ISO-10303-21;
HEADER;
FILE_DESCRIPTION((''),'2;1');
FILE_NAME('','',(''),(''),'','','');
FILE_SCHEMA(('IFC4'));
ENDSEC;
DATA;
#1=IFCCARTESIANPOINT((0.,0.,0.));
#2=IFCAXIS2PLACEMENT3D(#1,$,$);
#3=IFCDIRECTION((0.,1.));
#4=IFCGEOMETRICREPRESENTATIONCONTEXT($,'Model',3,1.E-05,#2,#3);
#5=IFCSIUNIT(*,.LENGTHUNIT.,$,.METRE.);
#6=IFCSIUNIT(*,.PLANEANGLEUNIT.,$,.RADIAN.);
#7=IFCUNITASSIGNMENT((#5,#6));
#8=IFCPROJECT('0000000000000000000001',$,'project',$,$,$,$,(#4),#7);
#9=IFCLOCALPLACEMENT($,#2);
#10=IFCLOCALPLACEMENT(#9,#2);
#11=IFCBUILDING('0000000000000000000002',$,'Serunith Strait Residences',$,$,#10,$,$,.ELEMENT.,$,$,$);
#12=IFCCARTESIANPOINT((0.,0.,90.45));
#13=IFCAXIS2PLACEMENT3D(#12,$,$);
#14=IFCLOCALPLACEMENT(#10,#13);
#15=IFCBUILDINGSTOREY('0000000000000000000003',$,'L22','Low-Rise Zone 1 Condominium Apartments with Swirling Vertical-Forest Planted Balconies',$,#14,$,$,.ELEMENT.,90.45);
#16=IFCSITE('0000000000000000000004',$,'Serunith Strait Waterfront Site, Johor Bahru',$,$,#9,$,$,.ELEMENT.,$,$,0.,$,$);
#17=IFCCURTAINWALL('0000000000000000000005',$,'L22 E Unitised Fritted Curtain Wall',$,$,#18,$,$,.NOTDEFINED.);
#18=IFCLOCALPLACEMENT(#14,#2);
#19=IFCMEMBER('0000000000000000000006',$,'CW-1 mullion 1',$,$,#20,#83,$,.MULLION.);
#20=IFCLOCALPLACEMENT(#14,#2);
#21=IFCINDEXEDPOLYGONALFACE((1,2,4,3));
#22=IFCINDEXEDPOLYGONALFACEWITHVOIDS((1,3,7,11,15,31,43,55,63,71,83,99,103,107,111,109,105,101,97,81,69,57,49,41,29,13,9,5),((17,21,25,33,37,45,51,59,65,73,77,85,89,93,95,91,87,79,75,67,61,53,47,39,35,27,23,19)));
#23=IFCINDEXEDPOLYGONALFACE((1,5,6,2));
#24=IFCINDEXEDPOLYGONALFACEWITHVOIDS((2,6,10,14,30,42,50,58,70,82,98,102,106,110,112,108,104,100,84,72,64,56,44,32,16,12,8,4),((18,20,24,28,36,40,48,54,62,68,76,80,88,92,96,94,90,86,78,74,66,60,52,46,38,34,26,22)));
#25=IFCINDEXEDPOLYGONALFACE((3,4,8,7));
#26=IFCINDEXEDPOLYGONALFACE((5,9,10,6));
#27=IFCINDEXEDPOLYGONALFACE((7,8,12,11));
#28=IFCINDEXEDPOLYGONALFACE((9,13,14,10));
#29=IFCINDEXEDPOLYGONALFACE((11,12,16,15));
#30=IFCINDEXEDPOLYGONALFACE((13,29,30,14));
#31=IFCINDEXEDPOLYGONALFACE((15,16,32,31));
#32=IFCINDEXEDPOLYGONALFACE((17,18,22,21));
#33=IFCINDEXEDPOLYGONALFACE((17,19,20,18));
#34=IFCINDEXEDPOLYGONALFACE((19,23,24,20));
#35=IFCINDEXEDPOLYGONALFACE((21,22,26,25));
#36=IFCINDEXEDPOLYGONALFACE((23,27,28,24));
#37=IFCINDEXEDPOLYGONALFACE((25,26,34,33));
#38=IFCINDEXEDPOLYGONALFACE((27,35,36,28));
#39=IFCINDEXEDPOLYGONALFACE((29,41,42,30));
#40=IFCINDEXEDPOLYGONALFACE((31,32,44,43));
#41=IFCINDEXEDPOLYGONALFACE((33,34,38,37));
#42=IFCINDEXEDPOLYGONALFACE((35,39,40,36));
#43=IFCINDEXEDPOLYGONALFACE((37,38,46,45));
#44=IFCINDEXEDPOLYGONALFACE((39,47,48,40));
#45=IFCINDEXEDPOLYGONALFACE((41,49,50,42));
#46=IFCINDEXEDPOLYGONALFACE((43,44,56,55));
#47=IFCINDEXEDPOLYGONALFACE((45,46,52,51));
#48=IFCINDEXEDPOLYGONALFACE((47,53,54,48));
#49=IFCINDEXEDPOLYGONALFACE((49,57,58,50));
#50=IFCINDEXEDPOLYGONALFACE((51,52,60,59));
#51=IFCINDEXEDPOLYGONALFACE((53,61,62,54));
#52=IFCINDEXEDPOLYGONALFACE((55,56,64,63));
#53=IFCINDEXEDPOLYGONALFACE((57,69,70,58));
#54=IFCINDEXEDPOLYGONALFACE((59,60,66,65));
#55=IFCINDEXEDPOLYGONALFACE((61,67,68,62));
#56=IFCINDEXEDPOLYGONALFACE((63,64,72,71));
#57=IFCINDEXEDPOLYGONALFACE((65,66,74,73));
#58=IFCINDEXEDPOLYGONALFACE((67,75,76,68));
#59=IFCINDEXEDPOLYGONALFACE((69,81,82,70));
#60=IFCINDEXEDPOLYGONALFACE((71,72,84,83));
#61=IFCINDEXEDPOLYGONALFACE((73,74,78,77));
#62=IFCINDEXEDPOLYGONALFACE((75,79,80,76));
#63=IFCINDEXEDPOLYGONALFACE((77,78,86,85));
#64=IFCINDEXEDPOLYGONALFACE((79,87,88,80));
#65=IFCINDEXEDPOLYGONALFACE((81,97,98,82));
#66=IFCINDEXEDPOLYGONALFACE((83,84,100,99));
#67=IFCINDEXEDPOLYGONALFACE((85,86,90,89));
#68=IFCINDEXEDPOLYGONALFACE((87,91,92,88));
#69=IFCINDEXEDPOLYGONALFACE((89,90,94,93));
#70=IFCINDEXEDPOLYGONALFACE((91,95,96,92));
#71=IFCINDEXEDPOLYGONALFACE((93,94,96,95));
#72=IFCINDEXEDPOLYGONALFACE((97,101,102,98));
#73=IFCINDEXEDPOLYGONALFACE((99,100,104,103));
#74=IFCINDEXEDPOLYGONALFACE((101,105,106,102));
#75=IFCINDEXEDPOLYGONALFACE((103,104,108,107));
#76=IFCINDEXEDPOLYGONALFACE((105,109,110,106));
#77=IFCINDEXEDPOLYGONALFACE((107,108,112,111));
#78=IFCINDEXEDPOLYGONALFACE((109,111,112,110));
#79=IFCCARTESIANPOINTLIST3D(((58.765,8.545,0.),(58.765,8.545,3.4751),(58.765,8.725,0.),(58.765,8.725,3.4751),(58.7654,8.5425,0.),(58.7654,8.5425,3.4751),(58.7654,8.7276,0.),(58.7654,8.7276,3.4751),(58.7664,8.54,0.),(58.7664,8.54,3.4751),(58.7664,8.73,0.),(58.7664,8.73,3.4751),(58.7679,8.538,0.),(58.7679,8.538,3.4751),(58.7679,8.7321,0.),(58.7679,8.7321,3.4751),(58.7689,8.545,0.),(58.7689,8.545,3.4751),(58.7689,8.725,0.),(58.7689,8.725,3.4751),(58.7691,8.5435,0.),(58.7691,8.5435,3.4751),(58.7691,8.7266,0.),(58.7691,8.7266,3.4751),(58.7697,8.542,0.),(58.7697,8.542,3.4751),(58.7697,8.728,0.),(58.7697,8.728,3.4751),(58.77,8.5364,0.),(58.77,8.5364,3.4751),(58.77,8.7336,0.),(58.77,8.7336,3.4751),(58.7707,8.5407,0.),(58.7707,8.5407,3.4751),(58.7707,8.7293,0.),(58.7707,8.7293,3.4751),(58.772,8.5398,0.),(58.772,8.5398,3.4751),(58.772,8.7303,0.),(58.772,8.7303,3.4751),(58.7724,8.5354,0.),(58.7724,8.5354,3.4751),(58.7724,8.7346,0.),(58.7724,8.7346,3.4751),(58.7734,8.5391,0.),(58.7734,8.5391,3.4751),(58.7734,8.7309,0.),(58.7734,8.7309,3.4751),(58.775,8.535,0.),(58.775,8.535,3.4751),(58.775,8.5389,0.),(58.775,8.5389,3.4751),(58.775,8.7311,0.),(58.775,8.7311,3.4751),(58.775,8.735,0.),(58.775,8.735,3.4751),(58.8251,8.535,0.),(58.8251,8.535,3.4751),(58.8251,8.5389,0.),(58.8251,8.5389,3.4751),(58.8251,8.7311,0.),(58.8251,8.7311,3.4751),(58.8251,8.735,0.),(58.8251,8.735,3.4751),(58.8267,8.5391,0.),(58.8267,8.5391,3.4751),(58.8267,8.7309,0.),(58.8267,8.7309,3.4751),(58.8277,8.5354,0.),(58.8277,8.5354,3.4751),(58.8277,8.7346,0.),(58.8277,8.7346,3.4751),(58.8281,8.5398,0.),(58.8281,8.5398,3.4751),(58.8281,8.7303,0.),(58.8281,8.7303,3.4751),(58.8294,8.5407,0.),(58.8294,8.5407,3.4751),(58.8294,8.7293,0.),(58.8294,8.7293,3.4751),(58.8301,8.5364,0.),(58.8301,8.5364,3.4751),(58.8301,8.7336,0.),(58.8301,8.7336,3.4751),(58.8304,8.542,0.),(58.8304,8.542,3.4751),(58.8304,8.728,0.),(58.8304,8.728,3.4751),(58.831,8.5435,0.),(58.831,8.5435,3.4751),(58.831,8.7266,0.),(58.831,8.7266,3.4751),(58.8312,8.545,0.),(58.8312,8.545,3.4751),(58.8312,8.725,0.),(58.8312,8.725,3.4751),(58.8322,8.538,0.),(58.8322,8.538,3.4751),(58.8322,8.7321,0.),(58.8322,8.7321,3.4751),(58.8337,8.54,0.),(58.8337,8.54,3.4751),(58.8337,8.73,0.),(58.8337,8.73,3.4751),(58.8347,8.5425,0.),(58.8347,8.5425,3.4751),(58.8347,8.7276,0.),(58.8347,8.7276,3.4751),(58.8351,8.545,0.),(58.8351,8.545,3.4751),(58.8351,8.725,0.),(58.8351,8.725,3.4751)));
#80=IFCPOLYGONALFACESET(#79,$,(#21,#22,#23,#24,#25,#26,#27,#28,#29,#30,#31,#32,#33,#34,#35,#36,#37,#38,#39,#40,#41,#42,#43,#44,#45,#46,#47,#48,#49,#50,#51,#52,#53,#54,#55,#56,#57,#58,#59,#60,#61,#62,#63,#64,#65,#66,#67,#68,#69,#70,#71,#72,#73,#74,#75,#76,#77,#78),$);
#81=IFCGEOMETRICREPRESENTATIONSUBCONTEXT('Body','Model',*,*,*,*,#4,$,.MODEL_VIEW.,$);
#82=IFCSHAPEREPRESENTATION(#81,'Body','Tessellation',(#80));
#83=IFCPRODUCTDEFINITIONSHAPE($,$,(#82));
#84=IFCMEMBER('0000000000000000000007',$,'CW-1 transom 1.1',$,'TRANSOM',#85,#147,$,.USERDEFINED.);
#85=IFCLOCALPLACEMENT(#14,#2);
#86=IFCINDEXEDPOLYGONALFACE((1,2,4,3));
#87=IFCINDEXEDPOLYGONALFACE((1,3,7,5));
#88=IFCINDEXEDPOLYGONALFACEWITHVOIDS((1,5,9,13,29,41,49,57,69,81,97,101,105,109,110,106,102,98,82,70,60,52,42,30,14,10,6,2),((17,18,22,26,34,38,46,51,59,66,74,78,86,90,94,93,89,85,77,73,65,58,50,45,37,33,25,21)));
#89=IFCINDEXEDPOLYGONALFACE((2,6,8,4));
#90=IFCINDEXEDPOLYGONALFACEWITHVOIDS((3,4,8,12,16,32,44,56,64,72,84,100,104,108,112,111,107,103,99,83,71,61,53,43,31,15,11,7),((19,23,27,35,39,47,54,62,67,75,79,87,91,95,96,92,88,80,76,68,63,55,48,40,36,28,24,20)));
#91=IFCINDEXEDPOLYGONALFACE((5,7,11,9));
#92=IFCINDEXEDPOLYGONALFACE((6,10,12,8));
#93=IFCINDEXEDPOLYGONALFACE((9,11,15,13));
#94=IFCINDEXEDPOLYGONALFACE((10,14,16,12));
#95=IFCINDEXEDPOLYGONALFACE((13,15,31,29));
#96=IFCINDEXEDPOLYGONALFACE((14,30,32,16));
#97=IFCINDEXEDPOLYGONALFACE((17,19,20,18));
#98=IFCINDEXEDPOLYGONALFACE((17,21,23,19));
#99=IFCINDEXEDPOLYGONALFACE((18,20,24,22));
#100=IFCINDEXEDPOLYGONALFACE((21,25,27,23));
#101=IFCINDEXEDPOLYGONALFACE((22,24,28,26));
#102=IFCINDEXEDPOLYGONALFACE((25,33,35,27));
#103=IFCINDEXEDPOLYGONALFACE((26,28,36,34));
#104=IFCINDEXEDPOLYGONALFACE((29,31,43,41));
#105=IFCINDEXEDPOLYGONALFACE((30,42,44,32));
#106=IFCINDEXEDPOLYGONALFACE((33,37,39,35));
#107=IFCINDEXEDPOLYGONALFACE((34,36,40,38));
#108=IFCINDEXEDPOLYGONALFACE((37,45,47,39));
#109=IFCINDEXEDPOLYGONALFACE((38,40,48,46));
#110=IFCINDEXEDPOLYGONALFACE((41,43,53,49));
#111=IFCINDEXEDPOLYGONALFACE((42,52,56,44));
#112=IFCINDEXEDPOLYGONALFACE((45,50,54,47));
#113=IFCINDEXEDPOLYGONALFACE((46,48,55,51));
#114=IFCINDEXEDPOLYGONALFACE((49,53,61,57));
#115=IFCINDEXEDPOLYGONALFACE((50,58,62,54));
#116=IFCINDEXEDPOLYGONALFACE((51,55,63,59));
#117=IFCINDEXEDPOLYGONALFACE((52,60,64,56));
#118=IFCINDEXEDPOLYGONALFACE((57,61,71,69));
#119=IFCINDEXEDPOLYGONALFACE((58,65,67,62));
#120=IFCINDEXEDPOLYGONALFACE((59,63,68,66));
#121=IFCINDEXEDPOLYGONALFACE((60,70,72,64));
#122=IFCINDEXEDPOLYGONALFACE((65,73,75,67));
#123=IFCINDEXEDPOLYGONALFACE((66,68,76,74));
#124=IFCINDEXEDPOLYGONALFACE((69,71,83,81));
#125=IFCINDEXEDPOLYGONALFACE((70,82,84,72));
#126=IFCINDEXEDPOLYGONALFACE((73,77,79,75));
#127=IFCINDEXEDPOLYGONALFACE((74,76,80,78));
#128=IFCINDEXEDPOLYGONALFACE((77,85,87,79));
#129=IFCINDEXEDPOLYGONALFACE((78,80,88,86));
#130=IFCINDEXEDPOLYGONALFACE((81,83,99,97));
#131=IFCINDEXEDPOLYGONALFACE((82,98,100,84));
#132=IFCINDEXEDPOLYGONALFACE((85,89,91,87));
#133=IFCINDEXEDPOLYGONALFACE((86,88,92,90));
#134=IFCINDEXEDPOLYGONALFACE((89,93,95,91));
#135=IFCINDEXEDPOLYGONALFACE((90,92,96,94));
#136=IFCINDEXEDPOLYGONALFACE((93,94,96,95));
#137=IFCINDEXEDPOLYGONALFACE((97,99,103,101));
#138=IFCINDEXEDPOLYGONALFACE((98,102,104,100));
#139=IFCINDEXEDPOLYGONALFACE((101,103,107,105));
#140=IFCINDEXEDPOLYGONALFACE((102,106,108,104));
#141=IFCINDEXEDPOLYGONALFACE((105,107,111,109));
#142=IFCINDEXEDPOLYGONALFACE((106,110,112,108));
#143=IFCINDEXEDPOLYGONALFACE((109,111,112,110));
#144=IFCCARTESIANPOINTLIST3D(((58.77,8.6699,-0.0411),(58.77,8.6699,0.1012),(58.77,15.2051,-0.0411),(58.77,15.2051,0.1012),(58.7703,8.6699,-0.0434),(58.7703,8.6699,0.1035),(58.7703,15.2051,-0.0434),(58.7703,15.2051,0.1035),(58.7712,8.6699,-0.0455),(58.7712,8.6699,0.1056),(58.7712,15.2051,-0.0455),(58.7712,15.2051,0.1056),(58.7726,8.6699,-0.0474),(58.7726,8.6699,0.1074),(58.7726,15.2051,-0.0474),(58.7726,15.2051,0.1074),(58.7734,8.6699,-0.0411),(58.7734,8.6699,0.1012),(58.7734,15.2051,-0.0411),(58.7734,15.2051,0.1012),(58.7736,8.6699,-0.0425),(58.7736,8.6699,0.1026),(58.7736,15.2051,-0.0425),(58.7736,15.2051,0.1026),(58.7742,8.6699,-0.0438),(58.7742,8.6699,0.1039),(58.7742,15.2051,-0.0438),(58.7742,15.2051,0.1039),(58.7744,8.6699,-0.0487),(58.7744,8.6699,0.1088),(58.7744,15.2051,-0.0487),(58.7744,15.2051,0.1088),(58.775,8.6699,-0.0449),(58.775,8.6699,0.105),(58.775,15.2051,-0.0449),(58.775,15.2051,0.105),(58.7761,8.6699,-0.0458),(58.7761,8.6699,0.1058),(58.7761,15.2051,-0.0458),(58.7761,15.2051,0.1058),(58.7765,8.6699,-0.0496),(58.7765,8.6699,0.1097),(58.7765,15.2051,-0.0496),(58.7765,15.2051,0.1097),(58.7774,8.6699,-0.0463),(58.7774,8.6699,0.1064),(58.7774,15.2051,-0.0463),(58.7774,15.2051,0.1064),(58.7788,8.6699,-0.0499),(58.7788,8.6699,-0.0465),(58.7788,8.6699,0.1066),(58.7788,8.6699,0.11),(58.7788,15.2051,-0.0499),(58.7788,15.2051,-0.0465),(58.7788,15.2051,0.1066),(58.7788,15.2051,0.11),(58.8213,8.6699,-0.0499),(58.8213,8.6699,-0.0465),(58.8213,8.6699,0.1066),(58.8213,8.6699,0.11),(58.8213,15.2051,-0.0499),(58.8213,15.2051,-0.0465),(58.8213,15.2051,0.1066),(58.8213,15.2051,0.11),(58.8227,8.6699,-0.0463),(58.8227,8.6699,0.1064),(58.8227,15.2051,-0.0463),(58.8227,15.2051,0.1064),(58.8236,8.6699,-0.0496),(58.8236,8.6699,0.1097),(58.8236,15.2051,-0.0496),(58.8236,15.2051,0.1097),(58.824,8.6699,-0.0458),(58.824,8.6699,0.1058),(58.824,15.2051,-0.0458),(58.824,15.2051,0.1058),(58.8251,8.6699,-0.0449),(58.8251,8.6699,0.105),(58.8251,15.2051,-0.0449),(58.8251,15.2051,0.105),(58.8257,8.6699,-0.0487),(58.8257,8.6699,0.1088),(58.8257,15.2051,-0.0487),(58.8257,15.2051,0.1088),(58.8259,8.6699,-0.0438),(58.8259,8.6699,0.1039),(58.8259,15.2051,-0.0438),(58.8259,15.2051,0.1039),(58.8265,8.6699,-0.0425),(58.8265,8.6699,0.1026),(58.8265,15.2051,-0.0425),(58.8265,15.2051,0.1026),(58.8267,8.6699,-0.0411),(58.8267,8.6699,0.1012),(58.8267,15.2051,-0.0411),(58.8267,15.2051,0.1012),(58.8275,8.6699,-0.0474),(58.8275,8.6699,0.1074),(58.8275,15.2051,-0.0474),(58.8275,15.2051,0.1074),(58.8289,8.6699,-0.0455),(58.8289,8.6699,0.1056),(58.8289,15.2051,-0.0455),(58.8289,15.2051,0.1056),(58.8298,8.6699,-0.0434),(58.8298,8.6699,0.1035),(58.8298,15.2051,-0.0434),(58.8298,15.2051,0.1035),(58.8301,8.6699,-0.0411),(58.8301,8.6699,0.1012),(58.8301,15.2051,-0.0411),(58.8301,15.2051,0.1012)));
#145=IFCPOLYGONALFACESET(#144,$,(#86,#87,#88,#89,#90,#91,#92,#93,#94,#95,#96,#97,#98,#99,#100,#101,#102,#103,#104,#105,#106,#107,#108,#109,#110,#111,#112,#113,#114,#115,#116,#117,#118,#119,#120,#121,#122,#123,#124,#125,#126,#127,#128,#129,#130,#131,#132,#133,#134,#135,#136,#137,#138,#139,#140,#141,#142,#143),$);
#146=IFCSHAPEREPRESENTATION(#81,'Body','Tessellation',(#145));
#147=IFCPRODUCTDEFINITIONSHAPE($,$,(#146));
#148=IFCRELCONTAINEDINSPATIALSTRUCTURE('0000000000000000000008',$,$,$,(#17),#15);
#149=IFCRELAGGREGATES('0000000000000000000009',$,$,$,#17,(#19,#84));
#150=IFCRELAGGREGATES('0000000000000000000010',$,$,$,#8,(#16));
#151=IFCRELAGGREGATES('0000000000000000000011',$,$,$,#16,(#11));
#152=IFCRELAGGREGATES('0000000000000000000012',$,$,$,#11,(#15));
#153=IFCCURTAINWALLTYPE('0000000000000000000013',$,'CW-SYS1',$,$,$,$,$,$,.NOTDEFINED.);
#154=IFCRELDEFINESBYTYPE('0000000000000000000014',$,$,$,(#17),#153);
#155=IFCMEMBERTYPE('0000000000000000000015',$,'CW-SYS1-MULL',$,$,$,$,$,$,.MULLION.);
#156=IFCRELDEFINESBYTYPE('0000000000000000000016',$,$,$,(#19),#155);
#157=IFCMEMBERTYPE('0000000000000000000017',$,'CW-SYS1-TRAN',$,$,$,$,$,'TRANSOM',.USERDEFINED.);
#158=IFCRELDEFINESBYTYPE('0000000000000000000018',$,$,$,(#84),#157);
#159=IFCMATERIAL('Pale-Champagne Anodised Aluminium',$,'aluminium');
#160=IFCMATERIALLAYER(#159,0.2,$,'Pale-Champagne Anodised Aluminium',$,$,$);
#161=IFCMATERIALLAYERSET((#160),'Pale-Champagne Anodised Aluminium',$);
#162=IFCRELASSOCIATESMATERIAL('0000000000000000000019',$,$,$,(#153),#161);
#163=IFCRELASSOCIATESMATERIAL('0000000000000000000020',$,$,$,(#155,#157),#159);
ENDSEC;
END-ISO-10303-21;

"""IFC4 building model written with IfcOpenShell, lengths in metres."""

from ifc_helpers import new_model, si_unit, direction, frame, origin, origin_2d, place, context, subcontext, project, spatial, hollow_rectangle, extrude, source, transform, mapped, material, layer, layer_set, material_profile, profile_set, type_object, element, aggregate, save


model = new_model("IFC4")

# Units and contexts
model_context = context("Model", 3, precision=1e-05, world=origin(), true_north=direction((0.0, 1.0)))
body_context = subcontext(model_context, "Body", "Model", "MODEL_VIEW")
ifc_project = project(units=[si_unit("LENGTHUNIT", "METRE"), si_unit("PLANEANGLEUNIT", "RADIAN")], contexts=[model_context])

# Site, building, storey
site_placement = place(None, origin())
site = spatial("IfcSite", under=ifc_project, at=site_placement, Name="Serunith Strait Waterfront Site, Johor Bahru", CompositionType="ELEMENT", RefElevation=0.0)
building_placement = place(site_placement, origin())
building = spatial("IfcBuilding", under=site, at=building_placement, Name="Serunith Strait Residences", CompositionType="ELEMENT")
storey_placement = place(building_placement, frame((0.0, 0.0, 90.45)))
storey = spatial("IfcBuildingStorey", under=building, at=storey_placement, Name="L22", Description="Low-Rise Zone 1 Condominium Apartments with Swirling Vertical-Forest Planted Balconies", CompositionType="ELEMENT", Elevation=90.45)

# Curtain wall, members
ifc_material_1 = material(Name="Pale-Champagne Anodised Aluminium", Category="aluminium")
ifc_layer_1 = layer(ifc_material_1, 0.2, Name="Pale-Champagne Anodised Aluminium")
ifc_layer_set_1 = layer_set([ifc_layer_1], Name="Pale-Champagne Anodised Aluminium")
curtain_wall_type = type_object("IfcCurtainWallType", Name="CW-SYS1", PredefinedType="NOTDEFINED", material=ifc_layer_set_1)
ifc_material_profile_1 = material_profile(ifc_material_1, hollow_rectangle(XDim=0.0701, YDim=0.2, WallThickness=0.0039, InnerFilletRadius=0.0061, OuterFilletRadius=0.01, at=origin_2d()), Name="ALU 200x70x4")
ifc_profile_set_1 = profile_set([ifc_material_profile_1], Name="Pale-Champagne Anodised Aluminium")
member_type_1 = type_object("IfcMemberType", Name="CW-SYS1-MULL", PredefinedType="MULLION", material=ifc_profile_set_1)
shared_shape_1 = source(origin(), body_context, "Body", "SweptSolid", [
    extrude(hollow_rectangle(XDim=0.0701, YDim=0.2, WallThickness=0.0039, InnerFilletRadius=0.0061, OuterFilletRadius=0.01, at=origin_2d()), origin(), (0.0, 0.0, 1.0), 3.4751),
])
curtain_wall_1_placement = place(storey_placement, origin())
curtain_wall_1 = element("IfcCurtainWall", 1, at=curtain_wall_1_placement, inside=storey, type_object=curtain_wall_type, Name="L22 E Unitised Fritted Curtain Wall", PredefinedType="NOTDEFINED")
member_1_placement = place(storey_placement, frame((58.8, 8.635, 0.0), z_axis=(0.0, 0.0, 1.0), x_axis=(-1.0, 0.0, 0.0)))
member_1 = element("IfcMember", 2, at=member_1_placement, type_object=member_type_1, Name="CW-1 mullion 1", PredefinedType="MULLION", context=body_context, shape_type="MappedRepresentation", body=[
    mapped(shared_shape_1, transform((0.0, 0.0, 0.0), scale=1.0)),
])
ifc_material_profile_2 = material_profile(ifc_material_1, hollow_rectangle(XDim=0.0601, YDim=0.1599, WallThickness=0.0034, InnerFilletRadius=0.0054, OuterFilletRadius=0.0088, at=origin_2d()), Name="ALU 160x60x3.5")
ifc_profile_set_2 = profile_set([ifc_material_profile_2], Name="Pale-Champagne Anodised Aluminium")
member_type_2 = type_object("IfcMemberType", Name="CW-SYS1-TRAN", ElementType="TRANSOM", PredefinedType="USERDEFINED", material=ifc_profile_set_2)
shared_shape_2 = source(origin(), body_context, "Body", "SweptSolid", [
    extrude(hollow_rectangle(XDim=0.0601, YDim=0.1599, WallThickness=0.0034, InnerFilletRadius=0.0054, OuterFilletRadius=0.0088, at=origin_2d()), origin(), (0.0, 0.0, 1.0), 6.5352),
])
member_2_placement = place(storey_placement, frame((58.8, 8.6699, 0.03), z_axis=(0.0, 1.0, 0.0), x_axis=(-1.0, 0.0, 0.0)))
member_2 = element("IfcMember", 3, at=member_2_placement, type_object=member_type_2, Name="CW-1 transom 1.1", ObjectType="TRANSOM", PredefinedType="USERDEFINED", context=body_context, shape_type="MappedRepresentation", body=[
    mapped(shared_shape_2, transform((0.0, 0.0, 0.0), scale=1.0)),
])

aggregate(curtain_wall_1, [member_1, member_2])

save(model, "model.ifc")
